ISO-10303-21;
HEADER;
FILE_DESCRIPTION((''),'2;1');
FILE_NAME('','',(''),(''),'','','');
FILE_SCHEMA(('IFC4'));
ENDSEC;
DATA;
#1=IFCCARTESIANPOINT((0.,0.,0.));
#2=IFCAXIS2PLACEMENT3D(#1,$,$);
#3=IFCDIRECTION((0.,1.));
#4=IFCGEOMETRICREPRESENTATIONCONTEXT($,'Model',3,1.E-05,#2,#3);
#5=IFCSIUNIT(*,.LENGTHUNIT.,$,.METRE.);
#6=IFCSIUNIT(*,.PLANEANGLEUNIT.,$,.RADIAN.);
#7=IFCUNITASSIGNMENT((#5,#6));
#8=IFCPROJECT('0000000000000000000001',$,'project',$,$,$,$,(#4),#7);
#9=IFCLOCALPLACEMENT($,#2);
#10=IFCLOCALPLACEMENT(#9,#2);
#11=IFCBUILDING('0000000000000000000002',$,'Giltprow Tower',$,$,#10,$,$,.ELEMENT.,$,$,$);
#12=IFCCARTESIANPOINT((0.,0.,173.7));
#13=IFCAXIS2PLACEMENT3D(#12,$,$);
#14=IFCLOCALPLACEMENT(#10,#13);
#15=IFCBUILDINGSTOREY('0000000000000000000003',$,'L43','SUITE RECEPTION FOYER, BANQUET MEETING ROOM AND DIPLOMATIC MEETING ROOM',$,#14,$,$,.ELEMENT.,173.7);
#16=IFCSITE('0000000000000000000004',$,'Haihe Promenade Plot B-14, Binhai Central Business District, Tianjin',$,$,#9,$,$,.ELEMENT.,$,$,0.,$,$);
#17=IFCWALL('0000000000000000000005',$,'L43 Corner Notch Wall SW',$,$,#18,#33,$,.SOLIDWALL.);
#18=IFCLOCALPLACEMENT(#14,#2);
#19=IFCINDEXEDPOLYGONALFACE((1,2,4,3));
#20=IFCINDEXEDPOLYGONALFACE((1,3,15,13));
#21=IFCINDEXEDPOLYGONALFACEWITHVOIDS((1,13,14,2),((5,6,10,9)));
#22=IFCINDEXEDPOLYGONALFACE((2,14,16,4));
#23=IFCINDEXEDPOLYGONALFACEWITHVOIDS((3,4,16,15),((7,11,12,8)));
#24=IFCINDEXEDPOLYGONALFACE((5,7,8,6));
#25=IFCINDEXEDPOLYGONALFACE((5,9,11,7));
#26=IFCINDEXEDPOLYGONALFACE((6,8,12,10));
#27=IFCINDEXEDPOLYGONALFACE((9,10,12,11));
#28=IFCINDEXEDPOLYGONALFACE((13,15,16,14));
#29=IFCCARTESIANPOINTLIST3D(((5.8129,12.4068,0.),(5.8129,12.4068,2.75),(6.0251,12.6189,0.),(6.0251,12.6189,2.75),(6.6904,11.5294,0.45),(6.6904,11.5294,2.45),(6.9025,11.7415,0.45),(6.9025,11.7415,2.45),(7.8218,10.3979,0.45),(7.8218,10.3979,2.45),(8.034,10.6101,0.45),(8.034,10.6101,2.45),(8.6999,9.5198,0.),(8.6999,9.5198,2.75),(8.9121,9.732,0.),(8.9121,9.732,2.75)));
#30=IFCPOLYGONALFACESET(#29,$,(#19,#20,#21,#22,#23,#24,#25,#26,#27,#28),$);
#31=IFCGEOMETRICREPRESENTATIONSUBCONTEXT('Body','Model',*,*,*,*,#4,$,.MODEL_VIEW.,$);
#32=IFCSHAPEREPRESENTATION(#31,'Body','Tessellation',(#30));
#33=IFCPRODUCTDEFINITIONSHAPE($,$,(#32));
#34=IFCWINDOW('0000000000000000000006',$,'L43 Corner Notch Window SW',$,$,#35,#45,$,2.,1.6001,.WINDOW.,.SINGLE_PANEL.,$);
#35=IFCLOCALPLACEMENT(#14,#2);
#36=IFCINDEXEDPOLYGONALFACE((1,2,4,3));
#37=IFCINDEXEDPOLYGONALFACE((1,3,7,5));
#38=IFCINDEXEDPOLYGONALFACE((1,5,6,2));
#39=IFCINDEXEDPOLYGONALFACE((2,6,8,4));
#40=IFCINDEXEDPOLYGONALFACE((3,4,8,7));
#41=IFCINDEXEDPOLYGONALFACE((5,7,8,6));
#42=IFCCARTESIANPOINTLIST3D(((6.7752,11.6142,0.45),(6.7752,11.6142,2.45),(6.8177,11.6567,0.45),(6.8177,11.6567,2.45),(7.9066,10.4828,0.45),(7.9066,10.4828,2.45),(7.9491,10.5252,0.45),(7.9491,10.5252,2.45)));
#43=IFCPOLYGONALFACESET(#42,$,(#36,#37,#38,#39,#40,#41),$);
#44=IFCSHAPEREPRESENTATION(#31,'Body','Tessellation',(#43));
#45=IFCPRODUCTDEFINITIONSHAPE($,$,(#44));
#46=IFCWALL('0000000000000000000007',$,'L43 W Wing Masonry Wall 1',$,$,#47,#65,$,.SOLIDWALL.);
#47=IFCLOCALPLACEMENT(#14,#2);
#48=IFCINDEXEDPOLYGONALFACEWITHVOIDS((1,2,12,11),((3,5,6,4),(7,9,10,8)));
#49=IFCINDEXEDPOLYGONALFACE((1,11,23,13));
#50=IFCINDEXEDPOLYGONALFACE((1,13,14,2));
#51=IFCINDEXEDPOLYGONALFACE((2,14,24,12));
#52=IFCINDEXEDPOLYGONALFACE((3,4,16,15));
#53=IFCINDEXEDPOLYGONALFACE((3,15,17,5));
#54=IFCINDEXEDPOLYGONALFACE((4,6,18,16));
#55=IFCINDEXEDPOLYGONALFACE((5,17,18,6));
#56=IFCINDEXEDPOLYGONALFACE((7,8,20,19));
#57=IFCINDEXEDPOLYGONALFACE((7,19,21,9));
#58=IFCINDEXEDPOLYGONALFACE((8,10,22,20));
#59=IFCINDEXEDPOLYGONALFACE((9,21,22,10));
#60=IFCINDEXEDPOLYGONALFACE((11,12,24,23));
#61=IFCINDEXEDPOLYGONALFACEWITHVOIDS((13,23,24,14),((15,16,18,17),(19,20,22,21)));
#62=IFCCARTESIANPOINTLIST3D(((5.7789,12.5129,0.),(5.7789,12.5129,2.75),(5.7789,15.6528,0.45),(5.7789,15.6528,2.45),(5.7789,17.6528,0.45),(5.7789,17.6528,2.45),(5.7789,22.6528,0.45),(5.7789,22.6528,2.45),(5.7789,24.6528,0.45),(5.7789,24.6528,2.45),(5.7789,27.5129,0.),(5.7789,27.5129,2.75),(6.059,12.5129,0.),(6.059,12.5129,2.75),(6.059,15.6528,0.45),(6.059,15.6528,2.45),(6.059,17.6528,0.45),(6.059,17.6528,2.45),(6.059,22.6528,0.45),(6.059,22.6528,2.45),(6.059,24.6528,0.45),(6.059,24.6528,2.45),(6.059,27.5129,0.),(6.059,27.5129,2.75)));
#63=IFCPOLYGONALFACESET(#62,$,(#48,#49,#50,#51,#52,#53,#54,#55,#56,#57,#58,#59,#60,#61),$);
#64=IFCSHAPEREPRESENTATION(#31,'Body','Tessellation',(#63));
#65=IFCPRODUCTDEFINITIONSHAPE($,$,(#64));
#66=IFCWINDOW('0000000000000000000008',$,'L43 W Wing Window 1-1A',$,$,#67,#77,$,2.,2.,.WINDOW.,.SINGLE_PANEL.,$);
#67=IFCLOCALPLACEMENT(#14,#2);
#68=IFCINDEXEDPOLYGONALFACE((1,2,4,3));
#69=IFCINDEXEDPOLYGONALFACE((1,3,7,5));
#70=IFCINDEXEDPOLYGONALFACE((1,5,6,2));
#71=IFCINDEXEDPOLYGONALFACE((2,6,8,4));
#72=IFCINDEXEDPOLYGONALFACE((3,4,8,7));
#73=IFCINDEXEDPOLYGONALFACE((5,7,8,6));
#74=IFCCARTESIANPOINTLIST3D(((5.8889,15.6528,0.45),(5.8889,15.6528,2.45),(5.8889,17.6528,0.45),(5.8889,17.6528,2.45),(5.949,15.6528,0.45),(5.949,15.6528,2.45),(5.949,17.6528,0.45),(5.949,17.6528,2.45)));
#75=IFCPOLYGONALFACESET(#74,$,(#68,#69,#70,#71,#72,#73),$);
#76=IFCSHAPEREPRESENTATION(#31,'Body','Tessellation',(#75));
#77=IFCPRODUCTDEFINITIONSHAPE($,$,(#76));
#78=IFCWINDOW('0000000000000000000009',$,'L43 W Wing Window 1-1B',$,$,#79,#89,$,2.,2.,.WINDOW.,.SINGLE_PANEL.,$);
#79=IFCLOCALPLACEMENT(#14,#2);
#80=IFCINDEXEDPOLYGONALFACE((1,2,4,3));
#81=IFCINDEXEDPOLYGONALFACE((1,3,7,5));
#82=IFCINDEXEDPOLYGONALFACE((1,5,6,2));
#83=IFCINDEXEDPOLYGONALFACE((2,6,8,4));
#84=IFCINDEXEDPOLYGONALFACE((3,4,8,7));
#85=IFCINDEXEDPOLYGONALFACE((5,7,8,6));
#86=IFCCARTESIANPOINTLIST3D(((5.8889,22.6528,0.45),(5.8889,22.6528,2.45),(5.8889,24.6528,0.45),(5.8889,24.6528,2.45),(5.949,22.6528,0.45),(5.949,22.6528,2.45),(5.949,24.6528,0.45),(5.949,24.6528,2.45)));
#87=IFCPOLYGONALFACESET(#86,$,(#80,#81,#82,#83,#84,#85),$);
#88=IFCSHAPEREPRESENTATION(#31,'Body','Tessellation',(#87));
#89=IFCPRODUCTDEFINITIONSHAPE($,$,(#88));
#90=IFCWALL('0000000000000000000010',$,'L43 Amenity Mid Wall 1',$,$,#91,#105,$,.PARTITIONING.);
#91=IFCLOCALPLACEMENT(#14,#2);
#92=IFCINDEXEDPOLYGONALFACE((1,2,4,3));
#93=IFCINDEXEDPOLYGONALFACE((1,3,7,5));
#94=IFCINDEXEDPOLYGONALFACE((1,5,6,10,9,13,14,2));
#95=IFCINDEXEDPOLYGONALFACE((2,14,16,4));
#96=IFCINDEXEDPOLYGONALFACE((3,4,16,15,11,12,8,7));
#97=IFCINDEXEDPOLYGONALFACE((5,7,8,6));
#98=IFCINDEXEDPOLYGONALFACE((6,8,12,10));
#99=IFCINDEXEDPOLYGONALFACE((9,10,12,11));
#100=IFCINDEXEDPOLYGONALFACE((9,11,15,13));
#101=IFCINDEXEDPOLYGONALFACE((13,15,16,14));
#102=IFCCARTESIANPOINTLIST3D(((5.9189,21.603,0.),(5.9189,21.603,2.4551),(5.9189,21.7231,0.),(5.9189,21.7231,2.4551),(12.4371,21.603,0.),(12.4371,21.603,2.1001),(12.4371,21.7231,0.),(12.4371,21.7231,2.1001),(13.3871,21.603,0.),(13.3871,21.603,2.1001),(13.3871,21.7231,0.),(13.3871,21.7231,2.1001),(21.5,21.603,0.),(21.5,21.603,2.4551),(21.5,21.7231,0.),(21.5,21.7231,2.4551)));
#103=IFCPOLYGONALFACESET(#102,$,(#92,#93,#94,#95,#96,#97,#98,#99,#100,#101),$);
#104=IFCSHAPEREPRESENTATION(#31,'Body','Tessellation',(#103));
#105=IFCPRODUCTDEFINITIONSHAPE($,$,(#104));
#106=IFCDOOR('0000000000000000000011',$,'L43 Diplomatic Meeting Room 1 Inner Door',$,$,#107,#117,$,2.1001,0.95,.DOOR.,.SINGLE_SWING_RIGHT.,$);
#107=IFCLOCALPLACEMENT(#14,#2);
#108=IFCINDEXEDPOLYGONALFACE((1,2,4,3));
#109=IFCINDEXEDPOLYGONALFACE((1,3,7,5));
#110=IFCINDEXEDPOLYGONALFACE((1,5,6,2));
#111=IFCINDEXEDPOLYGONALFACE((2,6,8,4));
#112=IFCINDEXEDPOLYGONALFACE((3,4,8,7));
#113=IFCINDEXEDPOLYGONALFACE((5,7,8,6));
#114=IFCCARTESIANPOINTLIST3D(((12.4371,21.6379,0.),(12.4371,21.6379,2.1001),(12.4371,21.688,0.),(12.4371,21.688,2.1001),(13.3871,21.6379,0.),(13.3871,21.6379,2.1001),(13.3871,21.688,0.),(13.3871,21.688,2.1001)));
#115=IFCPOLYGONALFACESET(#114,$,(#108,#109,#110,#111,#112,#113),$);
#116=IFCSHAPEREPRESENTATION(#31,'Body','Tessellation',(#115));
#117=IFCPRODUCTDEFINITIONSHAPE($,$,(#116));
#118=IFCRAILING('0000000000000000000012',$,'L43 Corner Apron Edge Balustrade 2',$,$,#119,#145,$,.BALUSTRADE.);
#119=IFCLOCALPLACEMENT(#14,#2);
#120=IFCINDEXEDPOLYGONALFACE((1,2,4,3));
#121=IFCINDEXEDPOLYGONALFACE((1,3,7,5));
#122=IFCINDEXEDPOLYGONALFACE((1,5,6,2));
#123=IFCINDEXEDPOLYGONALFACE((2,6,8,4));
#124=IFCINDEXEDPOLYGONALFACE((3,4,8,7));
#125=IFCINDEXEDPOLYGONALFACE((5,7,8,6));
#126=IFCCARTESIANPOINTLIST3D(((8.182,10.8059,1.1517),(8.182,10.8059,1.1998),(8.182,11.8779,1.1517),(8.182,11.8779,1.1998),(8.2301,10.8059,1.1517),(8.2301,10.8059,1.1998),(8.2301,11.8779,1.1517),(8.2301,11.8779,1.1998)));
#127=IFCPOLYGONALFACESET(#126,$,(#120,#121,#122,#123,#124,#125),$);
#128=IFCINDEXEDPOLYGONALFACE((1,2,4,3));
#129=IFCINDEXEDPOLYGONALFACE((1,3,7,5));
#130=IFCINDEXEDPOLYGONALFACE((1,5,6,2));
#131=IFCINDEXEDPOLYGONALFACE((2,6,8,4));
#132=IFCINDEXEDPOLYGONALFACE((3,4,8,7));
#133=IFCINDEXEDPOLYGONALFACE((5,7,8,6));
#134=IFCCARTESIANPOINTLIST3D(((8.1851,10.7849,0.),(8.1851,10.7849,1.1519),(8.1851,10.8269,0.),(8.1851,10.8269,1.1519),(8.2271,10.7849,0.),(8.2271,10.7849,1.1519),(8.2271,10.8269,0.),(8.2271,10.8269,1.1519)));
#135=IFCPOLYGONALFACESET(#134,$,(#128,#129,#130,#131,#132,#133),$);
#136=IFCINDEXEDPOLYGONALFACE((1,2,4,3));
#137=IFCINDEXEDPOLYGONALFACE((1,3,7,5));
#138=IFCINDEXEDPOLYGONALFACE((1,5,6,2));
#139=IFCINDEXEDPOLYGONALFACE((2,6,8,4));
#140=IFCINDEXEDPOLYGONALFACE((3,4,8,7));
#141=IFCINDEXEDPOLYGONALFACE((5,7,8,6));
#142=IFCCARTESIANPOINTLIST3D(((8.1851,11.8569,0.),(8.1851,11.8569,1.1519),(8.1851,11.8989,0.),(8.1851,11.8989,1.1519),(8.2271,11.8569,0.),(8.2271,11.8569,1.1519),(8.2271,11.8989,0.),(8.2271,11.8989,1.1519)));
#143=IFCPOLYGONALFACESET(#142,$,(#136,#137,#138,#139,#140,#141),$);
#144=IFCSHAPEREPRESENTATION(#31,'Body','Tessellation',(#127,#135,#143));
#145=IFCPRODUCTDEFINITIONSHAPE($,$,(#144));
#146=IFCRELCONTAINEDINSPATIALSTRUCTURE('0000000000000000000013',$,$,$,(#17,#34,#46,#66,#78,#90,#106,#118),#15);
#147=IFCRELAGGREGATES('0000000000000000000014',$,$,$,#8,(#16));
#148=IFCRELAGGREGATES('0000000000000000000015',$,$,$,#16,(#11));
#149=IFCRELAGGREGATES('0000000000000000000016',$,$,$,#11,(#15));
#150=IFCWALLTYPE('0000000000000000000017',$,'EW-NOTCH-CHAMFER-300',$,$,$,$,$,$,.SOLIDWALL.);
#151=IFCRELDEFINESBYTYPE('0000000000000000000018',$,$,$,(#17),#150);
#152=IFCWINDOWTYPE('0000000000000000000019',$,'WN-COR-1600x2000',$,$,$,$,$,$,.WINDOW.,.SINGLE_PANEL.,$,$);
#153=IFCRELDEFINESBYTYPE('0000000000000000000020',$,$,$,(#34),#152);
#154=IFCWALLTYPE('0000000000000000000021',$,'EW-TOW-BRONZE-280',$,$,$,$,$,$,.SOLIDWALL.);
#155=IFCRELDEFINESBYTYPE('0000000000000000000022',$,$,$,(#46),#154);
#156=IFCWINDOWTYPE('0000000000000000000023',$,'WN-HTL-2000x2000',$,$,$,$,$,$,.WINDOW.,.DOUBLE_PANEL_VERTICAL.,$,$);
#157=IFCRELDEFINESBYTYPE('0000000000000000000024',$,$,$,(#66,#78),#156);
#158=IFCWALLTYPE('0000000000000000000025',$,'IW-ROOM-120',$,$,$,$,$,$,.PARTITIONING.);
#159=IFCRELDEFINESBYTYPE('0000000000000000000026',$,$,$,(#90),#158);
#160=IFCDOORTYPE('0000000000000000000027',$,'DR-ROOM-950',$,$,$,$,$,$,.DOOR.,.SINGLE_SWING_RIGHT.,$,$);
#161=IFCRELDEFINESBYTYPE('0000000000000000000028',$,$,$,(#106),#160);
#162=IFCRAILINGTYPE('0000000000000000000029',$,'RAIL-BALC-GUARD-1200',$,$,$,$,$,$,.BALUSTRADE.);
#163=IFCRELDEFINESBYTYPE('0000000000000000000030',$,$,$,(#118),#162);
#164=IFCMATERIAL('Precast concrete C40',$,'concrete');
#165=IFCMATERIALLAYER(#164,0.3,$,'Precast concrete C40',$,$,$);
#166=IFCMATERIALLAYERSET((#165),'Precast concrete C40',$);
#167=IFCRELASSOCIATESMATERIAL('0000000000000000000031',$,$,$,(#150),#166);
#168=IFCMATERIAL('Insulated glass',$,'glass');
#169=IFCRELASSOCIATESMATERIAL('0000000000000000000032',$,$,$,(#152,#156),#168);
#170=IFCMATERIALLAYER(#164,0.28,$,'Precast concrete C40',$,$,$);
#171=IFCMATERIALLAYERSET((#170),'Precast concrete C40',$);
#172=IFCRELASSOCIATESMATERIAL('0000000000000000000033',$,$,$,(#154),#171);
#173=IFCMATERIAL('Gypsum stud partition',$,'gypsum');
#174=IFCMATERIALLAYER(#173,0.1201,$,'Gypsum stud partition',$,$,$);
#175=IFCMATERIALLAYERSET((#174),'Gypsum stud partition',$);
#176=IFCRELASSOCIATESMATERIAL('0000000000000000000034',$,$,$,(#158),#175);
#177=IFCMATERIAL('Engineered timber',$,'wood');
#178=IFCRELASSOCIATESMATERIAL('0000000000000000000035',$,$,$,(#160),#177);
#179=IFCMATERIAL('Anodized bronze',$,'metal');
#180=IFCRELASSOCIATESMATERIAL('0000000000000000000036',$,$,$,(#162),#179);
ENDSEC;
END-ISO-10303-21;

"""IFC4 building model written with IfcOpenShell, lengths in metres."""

from ifc_helpers import new_model, si_unit, direction, frame, frame_2d, origin, origin_2d, place, context, subcontext, project, spatial, rectangle, extrude, source, transform, mapped, material, layer, layer_set, type_object, element, fill, save


model = new_model("IFC4")

# Units and contexts
model_context = context("Model", 3, precision=1e-05, world=origin(), true_north=direction((0.0, 1.0)))
body_context = subcontext(model_context, "Body", "Model", "MODEL_VIEW")
ifc_project = project(units=[si_unit("LENGTHUNIT", "METRE"), si_unit("PLANEANGLEUNIT", "RADIAN")], contexts=[model_context])

# Site, building, storey
site_placement = place(None, origin())
site = spatial("IfcSite", under=ifc_project, at=site_placement, Name="Haihe Promenade Plot B-14, Binhai Central Business District, Tianjin", CompositionType="ELEMENT", RefElevation=0.0)
building_placement = place(site_placement, origin())
building = spatial("IfcBuilding", under=site, at=building_placement, Name="Giltprow Tower", CompositionType="ELEMENT")
storey_placement = place(building_placement, frame((0.0, 0.0, 173.7)))
storey = spatial("IfcBuildingStorey", under=building, at=storey_placement, Name="L43", Description="SUITE RECEPTION FOYER, BANQUET MEETING ROOM AND DIPLOMATIC MEETING ROOM", CompositionType="ELEMENT", Elevation=173.7)

# Shared definitions
ifc_material_1 = material(Name="Anodized bronze", Category="metal")
ifc_material_2 = material(Name="Insulated glass", Category="glass")

# Wall, opening, window
ifc_material_3 = material(Name="Precast concrete C40", Category="concrete")
ifc_layer_1 = layer(ifc_material_3, 0.3, Name="Precast concrete C40")
ifc_layer_set_1 = layer_set([ifc_layer_1], Name="Precast concrete C40")
wall_type_1 = type_object("IfcWallType", Name="EW-NOTCH-CHAMFER-300", PredefinedType="SOLIDWALL", material=ifc_layer_set_1)
wall_1_placement = place(storey_placement, frame((5.9189, 12.5129, 0.0), z_axis=(0.0, 0.0, 1.0), x_axis=(0.707107, -0.707107, 0.0)))
wall_1 = element("IfcWall", 1, at=wall_1_placement, inside=storey, type_object=wall_type_1, Name="L43 Corner Notch Wall SW", PredefinedType="SOLIDWALL", context=body_context, shape_type="SweptSolid", body=[
    extrude(rectangle(XDim=4.0828, YDim=0.3, at=frame_2d((2.0415, 0.0))), origin(), (0.0, 0.0, 1.0), 2.75),
])
opening_1_placement = place(wall_1_placement, frame((1.241, 0.0, 0.45)))
opening_1 = element("IfcOpeningElement", 2, at=opening_1_placement, cuts=wall_1, PredefinedType="OPENING", context=body_context, shape_type="SweptSolid", body=[
    extrude(rectangle(XDim=1.6001, YDim=2.0, at=frame_2d((0.8, 1.0))), frame((0.0, 0.1599, 0.0), z_axis=(0.0, -1.0, 0.0), x_axis=(1.0, 0.0, 0.0)), (0.0, 0.0, 1.0), 0.3201),
])
window_type_1 = type_object("IfcWindowType", Name="WN-COR-1600x2000", PartitioningType="SINGLE_PANEL", PredefinedType="WINDOW", material=ifc_material_2)
shared_shape_1 = source(origin(), body_context, "Body", "SweptSolid", [
    extrude(rectangle(XDim=1.6001, YDim=2.0, at=frame_2d((0.8, 1.0))), frame((0.0, 0.03, 0.0), z_axis=(0.0, -1.0, 0.0), x_axis=(1.0, 0.0, 0.0)), (0.0, 0.0, 1.0), 0.0601),
])
window_1_placement = place(opening_1_placement, origin())
window_1 = element("IfcWindow", 3, at=window_1_placement, inside=storey, type_object=window_type_1, Name="L43 Corner Notch Window SW", OverallHeight=2.0, OverallWidth=1.6001, PartitioningType="SINGLE_PANEL", PredefinedType="WINDOW", context=body_context, shape_type="MappedRepresentation", body=[
    mapped(shared_shape_1, transform((0.0, 0.0, 0.0), x_axis=(1.0, 0.0, 0.0), y_axis=(0.0, 1.0, 0.0), z_axis=(0.0, 0.0, 1.0), scale=1.0)),
])
fill(opening_1, window_1)

# Wall, openings, windows
ifc_layer_2 = layer(ifc_material_3, 0.28, Name="Precast concrete C40")
ifc_layer_set_2 = layer_set([ifc_layer_2], Name="Precast concrete C40")
wall_type_2 = type_object("IfcWallType", Name="EW-TOW-BRONZE-280", PredefinedType="SOLIDWALL", material=ifc_layer_set_2)
wall_2_placement = place(storey_placement, frame((5.9189, 12.5129, 0.0), z_axis=(0.0, 0.0, 1.0), x_axis=(0.0, 1.0, 0.0)))
wall_2 = element("IfcWall", 4, at=wall_2_placement, inside=storey, type_object=wall_type_2, Name="L43 W Wing Masonry Wall 1", PredefinedType="SOLIDWALL", context=body_context, shape_type="SweptSolid", body=[
    extrude(rectangle(XDim=15.0, YDim=0.28, at=frame_2d((7.5, 0.0))), origin(), (0.0, 0.0, 1.0), 2.75),
])
opening_2_placement = place(wall_2_placement, frame((3.1399, 0.0, 0.45)))
opening_2 = element("IfcOpeningElement", 5, at=opening_2_placement, cuts=wall_2, PredefinedType="OPENING", context=body_context, shape_type="SweptSolid", body=[
    extrude(rectangle(XDim=2.0, YDim=2.0, at=frame_2d((1.0, 1.0))), frame((0.0, 0.1499, 0.0), z_axis=(0.0, -1.0, 0.0), x_axis=(1.0, 0.0, 0.0)), (0.0, 0.0, 1.0), 0.3),
])
opening_3_placement = place(wall_2_placement, frame((10.1399, 0.0, 0.45)))
opening_3 = element("IfcOpeningElement", 6, at=opening_3_placement, cuts=wall_2, PredefinedType="OPENING", context=body_context, shape_type="SweptSolid", body=[
    extrude(rectangle(XDim=2.0, YDim=2.0, at=frame_2d((1.0, 1.0))), frame((0.0, 0.1499, 0.0), z_axis=(0.0, -1.0, 0.0), x_axis=(1.0, 0.0, 0.0)), (0.0, 0.0, 1.0), 0.3),
])
window_type_2 = type_object("IfcWindowType", Name="WN-HTL-2000x2000", PartitioningType="DOUBLE_PANEL_VERTICAL", PredefinedType="WINDOW", material=ifc_material_2)
shared_shape_2 = source(origin(), body_context, "Body", "SweptSolid", [
    extrude(rectangle(XDim=2.0, YDim=2.0, at=frame_2d((1.0, 1.0))), frame((0.0, 0.03, 0.0), z_axis=(0.0, -1.0, 0.0), x_axis=(1.0, 0.0, 0.0)), (0.0, 0.0, 1.0), 0.0601),
])
window_2_placement = place(opening_2_placement, origin())
window_2 = element("IfcWindow", 7, at=window_2_placement, inside=storey, type_object=window_type_2, Name="L43 W Wing Window 1-1A", OverallHeight=2.0, OverallWidth=2.0, PartitioningType="SINGLE_PANEL", PredefinedType="WINDOW", context=body_context, shape_type="MappedRepresentation", body=[
    mapped(shared_shape_2, transform((0.0, 0.0, 0.0), x_axis=(1.0, 0.0, 0.0), y_axis=(0.0, 1.0, 0.0), z_axis=(0.0, 0.0, 1.0), scale=1.0)),
])
fill(opening_2, window_2)
window_3_placement = place(opening_3_placement, origin())
window_3 = element("IfcWindow", 8, at=window_3_placement, inside=storey, type_object=window_type_2, Name="L43 W Wing Window 1-1B", OverallHeight=2.0, OverallWidth=2.0, PartitioningType="SINGLE_PANEL", PredefinedType="WINDOW", context=body_context, shape_type="MappedRepresentation", body=[
    mapped(shared_shape_2, transform((0.0, 0.0, 0.0), x_axis=(1.0, 0.0, 0.0), y_axis=(0.0, 1.0, 0.0), z_axis=(0.0, 0.0, 1.0), scale=1.0)),
])
fill(opening_3, window_3)

# Wall, opening, door
ifc_material_4 = material(Name="Gypsum stud partition", Category="gypsum")
ifc_layer_3 = layer(ifc_material_4, 0.1201, Name="Gypsum stud partition")
ifc_layer_set_3 = layer_set([ifc_layer_3], Name="Gypsum stud partition")
wall_type_3 = type_object("IfcWallType", Name="IW-ROOM-120", PredefinedType="PARTITIONING", material=ifc_layer_set_3)
wall_3_placement = place(storey_placement, frame((5.9189, 21.6631, 0.0), z_axis=(0.0, 0.0, 1.0), x_axis=(1.0, 0.0, 0.0)))
wall_3 = element("IfcWall", 9, at=wall_3_placement, inside=storey, type_object=wall_type_3, Name="L43 Amenity Mid Wall 1", PredefinedType="PARTITIONING", context=body_context, shape_type="SweptSolid", body=[
    extrude(rectangle(XDim=15.5811, YDim=0.1201, at=frame_2d((7.7905, 0.0))), origin(), (0.0, 0.0, 1.0), 2.4551),
])
opening_4_placement = place(wall_3_placement, frame((6.5181, 0.0, 0.0)))
opening_4 = element("IfcOpeningElement", 10, at=opening_4_placement, cuts=wall_3, PredefinedType="OPENING", context=body_context, shape_type="SweptSolid", body=[
    extrude(rectangle(XDim=0.95, YDim=2.1001, at=frame_2d((0.4751, 1.05))), frame((0.0, 0.0701, 0.0), z_axis=(0.0, -1.0, 0.0), x_axis=(1.0, 0.0, 0.0)), (0.0, 0.0, 1.0), 0.1401),
])
ifc_material_5 = material(Name="Engineered timber", Category="wood")
door_type = type_object("IfcDoorType", Name="DR-ROOM-950", OperationType="SINGLE_SWING_RIGHT", PredefinedType="DOOR", material=ifc_material_5)
shared_shape_3 = source(origin(), body_context, "Body", "SweptSolid", [
    extrude(rectangle(XDim=0.95, YDim=2.1001, at=frame_2d((0.4751, 1.05))), frame((0.0, 0.0249, 0.0), z_axis=(0.0, -1.0, 0.0), x_axis=(1.0, 0.0, 0.0)), (0.0, 0.0, 1.0), 0.05),
])
door_placement = place(opening_4_placement, origin())
door = element("IfcDoor", 11, at=door_placement, inside=storey, type_object=door_type, Name="L43 Diplomatic Meeting Room 1 Inner Door", OperationType="SINGLE_SWING_RIGHT", OverallHeight=2.1001, OverallWidth=0.95, PredefinedType="DOOR", context=body_context, shape_type="MappedRepresentation", body=[
    mapped(shared_shape_3, transform((0.0, 0.0, 0.0), x_axis=(1.0, 0.0, 0.0), y_axis=(0.0, 1.0, 0.0), z_axis=(0.0, 0.0, 1.0), scale=1.0)),
])
fill(opening_4, door)

# Railing
railing_type = type_object("IfcRailingType", Name="RAIL-BALC-GUARD-1200", PredefinedType="BALUSTRADE", material=ifc_material_1)
railing_1_placement = place(storey_placement, frame((8.2061, 10.8059, 0.0)))
element("IfcRailing", 12, at=railing_1_placement, inside=storey, type_object=railing_type, Name="L43 Corner Apron Edge Balustrade 2", PredefinedType="BALUSTRADE", context=body_context, shape_type="SweptSolid", body=[
    extrude(rectangle(XDim=0.0481, YDim=0.0481, at=origin_2d()), frame((0.0, 0.0, 1.1758), z_axis=(0.0, 1.0, 0.0), x_axis=(-1.0, 0.0, 0.0)), (0.0, 0.0, 1.0), 1.072),
    extrude(rectangle(XDim=0.042, YDim=0.042, at=origin_2d()), origin(), (0.0, 0.0, 1.0), 1.1519),
    extrude(rectangle(XDim=0.042, YDim=0.042, at=origin_2d()), frame((0.0, 1.072, 0.0)), (0.0, 0.0, 1.0), 1.1519),
])

save(model, "model.ifc")
